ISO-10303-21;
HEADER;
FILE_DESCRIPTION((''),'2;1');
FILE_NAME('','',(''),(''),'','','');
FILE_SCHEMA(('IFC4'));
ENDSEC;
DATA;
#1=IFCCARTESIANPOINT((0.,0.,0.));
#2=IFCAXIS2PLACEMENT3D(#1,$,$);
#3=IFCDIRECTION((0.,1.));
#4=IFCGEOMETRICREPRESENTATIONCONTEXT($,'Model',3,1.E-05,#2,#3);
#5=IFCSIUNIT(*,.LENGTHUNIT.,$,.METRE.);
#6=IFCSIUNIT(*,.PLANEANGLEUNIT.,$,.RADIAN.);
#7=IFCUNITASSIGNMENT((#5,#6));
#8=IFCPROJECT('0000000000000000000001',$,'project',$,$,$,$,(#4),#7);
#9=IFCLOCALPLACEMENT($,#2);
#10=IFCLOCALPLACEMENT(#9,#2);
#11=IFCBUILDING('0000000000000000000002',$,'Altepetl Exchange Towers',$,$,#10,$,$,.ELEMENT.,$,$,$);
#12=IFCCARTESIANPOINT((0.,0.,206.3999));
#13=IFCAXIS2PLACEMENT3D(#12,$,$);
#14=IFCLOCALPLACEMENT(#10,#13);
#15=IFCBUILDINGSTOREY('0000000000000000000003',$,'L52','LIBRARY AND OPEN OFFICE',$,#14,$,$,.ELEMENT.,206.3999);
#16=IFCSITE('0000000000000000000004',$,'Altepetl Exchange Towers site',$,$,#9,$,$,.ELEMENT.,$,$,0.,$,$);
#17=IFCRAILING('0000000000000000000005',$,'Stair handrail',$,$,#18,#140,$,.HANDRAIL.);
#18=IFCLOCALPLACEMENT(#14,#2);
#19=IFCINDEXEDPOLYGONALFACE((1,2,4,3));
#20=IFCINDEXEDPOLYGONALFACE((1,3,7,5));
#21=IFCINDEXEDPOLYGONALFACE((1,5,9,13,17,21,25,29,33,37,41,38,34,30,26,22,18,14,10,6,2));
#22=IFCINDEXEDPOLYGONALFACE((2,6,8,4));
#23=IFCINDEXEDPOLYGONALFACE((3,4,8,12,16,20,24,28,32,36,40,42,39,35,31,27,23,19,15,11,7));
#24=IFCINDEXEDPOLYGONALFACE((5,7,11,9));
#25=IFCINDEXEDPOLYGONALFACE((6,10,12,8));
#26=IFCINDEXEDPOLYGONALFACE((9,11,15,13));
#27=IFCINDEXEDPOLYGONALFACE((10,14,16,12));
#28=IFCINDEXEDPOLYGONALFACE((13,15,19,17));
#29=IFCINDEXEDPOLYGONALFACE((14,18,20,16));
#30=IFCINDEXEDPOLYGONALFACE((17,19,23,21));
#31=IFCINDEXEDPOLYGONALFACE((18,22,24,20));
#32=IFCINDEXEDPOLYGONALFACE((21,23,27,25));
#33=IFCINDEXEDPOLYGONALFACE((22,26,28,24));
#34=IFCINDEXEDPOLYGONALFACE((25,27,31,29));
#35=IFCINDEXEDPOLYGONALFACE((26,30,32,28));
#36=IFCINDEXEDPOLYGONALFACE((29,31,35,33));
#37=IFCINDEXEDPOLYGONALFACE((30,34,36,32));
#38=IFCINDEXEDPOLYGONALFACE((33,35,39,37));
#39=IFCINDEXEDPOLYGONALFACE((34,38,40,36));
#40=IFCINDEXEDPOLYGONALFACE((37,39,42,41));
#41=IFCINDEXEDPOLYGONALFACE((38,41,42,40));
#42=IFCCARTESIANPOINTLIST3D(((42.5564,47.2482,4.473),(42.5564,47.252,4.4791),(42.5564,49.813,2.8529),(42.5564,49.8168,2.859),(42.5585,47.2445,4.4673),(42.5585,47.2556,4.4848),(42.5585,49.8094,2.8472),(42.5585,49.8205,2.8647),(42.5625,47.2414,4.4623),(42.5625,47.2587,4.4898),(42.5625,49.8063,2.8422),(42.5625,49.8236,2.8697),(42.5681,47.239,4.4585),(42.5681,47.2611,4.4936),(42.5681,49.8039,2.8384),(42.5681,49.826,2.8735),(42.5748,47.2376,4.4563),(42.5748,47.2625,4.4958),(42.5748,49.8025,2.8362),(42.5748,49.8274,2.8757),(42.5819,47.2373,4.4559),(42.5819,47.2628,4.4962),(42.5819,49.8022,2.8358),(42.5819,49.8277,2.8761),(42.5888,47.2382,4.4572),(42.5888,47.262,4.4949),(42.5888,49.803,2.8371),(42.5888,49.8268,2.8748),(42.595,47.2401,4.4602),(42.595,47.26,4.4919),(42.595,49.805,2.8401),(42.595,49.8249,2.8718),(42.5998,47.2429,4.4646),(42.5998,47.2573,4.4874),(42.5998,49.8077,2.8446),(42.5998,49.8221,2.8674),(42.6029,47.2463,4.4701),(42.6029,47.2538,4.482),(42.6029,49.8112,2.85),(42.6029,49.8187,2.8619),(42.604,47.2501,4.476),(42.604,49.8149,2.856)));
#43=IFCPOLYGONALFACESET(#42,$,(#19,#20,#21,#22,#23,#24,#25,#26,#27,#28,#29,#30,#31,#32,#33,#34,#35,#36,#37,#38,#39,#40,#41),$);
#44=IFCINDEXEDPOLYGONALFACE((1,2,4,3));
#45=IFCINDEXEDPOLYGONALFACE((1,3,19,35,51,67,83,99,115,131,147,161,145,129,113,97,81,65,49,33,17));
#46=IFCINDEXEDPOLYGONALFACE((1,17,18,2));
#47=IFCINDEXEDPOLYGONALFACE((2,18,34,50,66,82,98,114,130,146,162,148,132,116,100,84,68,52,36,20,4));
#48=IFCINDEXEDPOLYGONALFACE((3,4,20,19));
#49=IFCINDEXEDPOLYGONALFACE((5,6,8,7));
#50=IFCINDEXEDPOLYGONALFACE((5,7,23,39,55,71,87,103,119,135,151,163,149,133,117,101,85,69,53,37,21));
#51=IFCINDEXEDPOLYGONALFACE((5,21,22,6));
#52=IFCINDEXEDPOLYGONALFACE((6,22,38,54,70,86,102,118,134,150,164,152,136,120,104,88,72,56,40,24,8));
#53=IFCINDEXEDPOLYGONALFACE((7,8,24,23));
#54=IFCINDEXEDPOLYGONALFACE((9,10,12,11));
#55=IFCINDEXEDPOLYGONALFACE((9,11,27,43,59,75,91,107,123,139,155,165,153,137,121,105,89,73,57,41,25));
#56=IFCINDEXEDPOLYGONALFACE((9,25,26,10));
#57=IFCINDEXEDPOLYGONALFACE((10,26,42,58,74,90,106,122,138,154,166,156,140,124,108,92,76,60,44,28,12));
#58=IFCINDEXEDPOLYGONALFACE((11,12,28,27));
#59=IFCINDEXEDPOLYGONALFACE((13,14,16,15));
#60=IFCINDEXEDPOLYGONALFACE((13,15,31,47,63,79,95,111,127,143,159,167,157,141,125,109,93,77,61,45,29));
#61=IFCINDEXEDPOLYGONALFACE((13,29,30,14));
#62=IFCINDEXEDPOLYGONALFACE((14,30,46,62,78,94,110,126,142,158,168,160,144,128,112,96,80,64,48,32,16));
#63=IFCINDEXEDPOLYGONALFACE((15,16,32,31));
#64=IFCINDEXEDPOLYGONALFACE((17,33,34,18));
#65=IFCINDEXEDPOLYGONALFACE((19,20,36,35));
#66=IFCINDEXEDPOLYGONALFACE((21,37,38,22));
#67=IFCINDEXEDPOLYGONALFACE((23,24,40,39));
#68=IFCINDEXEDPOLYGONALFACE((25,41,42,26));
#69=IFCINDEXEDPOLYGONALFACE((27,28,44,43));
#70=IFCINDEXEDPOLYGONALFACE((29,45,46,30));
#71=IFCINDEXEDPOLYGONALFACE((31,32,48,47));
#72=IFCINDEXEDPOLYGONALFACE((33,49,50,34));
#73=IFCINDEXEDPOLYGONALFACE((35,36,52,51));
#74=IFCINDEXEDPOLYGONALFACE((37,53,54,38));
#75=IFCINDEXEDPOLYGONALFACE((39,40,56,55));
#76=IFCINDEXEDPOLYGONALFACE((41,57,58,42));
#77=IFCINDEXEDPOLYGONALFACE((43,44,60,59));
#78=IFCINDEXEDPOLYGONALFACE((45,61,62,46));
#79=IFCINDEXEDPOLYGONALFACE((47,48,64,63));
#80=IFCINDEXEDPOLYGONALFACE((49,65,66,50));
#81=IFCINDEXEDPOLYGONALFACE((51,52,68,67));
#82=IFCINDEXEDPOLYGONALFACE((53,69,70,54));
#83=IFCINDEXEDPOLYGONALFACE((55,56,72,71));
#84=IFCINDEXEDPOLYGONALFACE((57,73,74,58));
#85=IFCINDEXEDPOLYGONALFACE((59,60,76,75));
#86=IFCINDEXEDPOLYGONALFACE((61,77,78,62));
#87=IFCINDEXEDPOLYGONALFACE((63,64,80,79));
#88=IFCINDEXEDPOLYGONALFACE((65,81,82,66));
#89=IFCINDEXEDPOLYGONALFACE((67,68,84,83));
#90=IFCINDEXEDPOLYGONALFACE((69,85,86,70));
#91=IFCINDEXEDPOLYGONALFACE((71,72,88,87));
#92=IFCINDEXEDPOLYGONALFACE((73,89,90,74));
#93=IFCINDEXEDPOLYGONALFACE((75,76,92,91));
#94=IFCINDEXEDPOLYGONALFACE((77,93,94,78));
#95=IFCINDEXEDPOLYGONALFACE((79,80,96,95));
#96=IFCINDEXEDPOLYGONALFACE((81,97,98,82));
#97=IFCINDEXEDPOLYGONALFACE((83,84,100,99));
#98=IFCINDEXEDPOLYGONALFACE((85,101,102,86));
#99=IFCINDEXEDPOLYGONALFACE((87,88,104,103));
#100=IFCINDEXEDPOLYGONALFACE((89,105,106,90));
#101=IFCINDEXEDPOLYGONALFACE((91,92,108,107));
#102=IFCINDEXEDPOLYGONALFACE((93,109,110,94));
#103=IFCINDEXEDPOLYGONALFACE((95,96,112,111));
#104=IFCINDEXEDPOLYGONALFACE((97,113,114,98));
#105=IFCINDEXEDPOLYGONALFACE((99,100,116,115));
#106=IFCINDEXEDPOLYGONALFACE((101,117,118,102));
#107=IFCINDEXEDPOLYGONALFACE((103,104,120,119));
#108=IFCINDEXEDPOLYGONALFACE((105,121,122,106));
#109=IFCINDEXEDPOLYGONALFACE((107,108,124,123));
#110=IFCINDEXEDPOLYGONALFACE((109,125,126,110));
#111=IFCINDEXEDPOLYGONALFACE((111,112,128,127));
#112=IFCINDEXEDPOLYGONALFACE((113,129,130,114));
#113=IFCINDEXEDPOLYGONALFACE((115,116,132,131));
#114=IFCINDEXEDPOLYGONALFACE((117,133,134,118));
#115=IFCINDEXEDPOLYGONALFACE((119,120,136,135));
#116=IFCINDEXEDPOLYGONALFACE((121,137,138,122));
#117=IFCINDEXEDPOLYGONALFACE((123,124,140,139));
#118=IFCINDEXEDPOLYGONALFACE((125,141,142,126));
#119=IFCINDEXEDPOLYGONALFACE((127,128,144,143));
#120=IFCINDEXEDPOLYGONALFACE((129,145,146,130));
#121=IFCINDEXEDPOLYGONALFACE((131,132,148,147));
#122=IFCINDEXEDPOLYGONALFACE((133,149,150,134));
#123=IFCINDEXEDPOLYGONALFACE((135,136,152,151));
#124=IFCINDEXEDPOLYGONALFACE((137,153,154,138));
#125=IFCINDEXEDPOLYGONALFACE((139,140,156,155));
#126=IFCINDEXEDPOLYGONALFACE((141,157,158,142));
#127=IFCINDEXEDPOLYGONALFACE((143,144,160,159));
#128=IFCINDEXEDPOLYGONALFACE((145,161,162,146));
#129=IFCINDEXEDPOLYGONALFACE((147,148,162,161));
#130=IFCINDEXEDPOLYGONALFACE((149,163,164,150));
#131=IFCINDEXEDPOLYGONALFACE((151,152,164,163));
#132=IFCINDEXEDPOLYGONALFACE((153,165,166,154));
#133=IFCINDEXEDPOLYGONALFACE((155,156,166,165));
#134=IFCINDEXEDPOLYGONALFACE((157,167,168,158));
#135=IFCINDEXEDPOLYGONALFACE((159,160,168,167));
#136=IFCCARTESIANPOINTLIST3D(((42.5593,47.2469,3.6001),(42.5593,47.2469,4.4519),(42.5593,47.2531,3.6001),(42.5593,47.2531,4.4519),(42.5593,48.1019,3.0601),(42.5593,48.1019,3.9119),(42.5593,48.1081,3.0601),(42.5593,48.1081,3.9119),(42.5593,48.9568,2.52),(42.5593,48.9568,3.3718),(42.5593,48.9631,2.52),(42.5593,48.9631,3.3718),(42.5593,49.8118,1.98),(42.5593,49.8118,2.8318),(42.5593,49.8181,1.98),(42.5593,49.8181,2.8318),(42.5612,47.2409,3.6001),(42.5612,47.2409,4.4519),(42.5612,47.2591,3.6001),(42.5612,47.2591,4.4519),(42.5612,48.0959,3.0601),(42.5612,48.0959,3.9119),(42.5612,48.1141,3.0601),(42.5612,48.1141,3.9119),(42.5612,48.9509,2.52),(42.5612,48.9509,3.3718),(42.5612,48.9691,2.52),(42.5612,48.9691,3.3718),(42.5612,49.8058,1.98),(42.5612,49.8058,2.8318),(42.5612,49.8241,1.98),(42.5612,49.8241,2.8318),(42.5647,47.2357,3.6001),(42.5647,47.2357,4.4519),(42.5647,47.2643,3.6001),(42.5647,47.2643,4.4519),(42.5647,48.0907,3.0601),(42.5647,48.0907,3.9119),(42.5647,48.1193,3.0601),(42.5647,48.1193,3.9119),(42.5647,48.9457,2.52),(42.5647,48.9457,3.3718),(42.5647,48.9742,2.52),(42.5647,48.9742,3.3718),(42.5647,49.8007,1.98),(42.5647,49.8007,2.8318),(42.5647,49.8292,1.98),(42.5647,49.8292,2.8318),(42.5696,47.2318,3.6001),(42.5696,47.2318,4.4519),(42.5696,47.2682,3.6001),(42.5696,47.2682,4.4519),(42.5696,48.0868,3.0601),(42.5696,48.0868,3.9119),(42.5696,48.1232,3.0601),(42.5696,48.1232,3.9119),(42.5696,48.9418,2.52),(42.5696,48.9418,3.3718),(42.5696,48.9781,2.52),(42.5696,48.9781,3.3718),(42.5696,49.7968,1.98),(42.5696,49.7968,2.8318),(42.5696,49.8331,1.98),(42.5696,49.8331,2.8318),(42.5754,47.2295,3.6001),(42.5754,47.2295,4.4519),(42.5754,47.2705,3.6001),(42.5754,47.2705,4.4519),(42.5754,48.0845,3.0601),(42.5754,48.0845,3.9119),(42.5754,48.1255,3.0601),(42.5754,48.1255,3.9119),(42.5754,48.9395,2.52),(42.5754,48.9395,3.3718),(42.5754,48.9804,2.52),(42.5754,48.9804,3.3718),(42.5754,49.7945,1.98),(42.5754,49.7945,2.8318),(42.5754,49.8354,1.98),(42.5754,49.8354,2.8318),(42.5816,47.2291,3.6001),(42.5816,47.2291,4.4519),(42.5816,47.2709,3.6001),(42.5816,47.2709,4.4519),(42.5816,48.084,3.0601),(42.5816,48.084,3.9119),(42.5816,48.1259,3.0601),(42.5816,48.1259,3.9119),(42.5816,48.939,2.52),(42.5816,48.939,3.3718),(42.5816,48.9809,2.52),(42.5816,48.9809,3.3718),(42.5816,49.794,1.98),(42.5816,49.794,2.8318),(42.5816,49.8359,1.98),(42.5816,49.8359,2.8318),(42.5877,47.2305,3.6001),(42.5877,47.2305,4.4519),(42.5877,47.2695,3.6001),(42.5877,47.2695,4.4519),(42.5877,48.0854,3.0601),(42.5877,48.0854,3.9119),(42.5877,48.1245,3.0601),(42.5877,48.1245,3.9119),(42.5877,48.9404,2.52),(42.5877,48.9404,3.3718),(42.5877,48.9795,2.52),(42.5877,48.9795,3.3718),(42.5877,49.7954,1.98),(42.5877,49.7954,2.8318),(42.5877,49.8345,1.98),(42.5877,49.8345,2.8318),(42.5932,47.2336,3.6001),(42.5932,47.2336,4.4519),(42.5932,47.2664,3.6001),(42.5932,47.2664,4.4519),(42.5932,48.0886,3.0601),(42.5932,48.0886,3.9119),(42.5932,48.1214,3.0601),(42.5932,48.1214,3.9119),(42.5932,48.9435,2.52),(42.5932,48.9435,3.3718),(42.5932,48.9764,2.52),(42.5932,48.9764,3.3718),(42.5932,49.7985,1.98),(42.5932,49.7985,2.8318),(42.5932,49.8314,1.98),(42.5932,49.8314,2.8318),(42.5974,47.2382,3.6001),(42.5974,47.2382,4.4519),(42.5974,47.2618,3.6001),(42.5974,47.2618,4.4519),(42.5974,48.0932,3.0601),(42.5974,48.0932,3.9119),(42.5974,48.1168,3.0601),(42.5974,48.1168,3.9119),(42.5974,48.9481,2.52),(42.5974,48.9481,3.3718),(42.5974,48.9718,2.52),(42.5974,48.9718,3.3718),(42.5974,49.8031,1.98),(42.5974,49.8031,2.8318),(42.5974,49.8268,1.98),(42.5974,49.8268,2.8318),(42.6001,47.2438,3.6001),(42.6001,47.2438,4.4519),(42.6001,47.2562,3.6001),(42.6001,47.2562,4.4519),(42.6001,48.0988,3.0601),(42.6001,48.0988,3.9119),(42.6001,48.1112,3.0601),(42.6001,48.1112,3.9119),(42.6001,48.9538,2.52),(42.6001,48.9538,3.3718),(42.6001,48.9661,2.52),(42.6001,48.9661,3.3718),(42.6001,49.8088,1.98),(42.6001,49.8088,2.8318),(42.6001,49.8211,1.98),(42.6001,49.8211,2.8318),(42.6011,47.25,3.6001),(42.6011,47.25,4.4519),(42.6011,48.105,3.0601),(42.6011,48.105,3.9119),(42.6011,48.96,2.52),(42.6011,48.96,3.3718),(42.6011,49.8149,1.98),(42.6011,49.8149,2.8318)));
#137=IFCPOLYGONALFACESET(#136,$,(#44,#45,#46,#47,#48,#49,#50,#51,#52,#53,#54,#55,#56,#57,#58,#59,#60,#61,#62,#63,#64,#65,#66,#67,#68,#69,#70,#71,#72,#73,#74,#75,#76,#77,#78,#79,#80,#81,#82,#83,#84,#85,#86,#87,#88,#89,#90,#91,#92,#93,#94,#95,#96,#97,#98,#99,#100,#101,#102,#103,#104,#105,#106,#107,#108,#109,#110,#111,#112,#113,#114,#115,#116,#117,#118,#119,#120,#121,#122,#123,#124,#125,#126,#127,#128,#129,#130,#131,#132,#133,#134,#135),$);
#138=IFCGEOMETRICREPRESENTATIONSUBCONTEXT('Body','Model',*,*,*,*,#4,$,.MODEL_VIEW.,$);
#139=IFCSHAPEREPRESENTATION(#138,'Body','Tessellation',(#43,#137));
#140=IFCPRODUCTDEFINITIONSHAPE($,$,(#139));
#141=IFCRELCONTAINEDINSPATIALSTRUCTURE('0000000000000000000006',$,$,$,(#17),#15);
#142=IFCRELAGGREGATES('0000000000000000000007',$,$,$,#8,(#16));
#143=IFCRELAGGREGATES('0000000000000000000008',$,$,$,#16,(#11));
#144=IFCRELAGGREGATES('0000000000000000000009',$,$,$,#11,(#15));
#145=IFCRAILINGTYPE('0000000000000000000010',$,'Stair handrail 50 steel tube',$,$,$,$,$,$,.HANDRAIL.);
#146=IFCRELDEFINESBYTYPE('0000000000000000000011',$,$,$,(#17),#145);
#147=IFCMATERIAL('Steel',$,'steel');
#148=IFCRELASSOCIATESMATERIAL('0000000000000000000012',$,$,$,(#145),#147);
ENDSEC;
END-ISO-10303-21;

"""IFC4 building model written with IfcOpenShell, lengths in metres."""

from ifc_helpers import new_model, si_unit, direction, frame, origin, origin_2d, place, context, subcontext, project, spatial, circle, extrude, source, transform, mapped, material, type_object, element, save


model = new_model("IFC4")

# Units and contexts
model_context = context("Model", 3, precision=1e-05, world=origin(), true_north=direction((0.0, 1.0)))
body_context = subcontext(model_context, "Body", "Model", "MODEL_VIEW")
ifc_project = project(units=[si_unit("LENGTHUNIT", "METRE"), si_unit("PLANEANGLEUNIT", "RADIAN")], contexts=[model_context])

# Site, building, storey
site_placement = place(None, origin())
site = spatial("IfcSite", under=ifc_project, at=site_placement, Name="Altepetl Exchange Towers site", CompositionType="ELEMENT", RefElevation=0.0)
building_placement = place(site_placement, origin())
building = spatial("IfcBuilding", under=site, at=building_placement, Name="Altepetl Exchange Towers", CompositionType="ELEMENT")
storey_placement = place(building_placement, frame((0.0, 0.0, 206.3999)))
storey = spatial("IfcBuildingStorey", under=building, at=storey_placement, Name="L52", Description="LIBRARY AND OPEN OFFICE", CompositionType="ELEMENT", Elevation=206.3999)

# Railing
ifc_material_1 = material(Name="Steel", Category="steel")
railing_type = type_object("IfcRailingType", Name="Stair handrail 50 steel tube", PredefinedType="HANDRAIL", material=ifc_material_1)
shared_shape = source(origin(), body_context, "Body", "SweptSolid", [
    extrude(circle(Radius=0.021, at=origin_2d()), origin(), (0.0, 0.0, 1.0), 0.8518),
])
railing_1_placement = place(storey_placement, frame((42.5801, 49.8149, 1.98)))
element("IfcRailing", 1, at=railing_1_placement, inside=storey, type_object=railing_type, Name="Stair handrail", PredefinedType="HANDRAIL", context=body_context, shape_type="SweptSolid", body=[
    extrude(circle(Radius=0.0239, at=origin_2d()), frame((0.0, 0.0, 0.876), z_axis=(0.0, -0.845466, 0.534029), x_axis=(1.0, 0.0, 0.0)), (0.0, 0.0, 1.0), 3.0337),
    mapped(shared_shape, transform((0.0, 0.0, 0.0))),
    mapped(shared_shape, transform((0.0, -0.855, 0.54))),
    mapped(shared_shape, transform((0.0, -1.71, 1.0801))),
    mapped(shared_shape, transform((0.0, -2.5649, 1.6201))),
])

save(model, "model.ifc")
